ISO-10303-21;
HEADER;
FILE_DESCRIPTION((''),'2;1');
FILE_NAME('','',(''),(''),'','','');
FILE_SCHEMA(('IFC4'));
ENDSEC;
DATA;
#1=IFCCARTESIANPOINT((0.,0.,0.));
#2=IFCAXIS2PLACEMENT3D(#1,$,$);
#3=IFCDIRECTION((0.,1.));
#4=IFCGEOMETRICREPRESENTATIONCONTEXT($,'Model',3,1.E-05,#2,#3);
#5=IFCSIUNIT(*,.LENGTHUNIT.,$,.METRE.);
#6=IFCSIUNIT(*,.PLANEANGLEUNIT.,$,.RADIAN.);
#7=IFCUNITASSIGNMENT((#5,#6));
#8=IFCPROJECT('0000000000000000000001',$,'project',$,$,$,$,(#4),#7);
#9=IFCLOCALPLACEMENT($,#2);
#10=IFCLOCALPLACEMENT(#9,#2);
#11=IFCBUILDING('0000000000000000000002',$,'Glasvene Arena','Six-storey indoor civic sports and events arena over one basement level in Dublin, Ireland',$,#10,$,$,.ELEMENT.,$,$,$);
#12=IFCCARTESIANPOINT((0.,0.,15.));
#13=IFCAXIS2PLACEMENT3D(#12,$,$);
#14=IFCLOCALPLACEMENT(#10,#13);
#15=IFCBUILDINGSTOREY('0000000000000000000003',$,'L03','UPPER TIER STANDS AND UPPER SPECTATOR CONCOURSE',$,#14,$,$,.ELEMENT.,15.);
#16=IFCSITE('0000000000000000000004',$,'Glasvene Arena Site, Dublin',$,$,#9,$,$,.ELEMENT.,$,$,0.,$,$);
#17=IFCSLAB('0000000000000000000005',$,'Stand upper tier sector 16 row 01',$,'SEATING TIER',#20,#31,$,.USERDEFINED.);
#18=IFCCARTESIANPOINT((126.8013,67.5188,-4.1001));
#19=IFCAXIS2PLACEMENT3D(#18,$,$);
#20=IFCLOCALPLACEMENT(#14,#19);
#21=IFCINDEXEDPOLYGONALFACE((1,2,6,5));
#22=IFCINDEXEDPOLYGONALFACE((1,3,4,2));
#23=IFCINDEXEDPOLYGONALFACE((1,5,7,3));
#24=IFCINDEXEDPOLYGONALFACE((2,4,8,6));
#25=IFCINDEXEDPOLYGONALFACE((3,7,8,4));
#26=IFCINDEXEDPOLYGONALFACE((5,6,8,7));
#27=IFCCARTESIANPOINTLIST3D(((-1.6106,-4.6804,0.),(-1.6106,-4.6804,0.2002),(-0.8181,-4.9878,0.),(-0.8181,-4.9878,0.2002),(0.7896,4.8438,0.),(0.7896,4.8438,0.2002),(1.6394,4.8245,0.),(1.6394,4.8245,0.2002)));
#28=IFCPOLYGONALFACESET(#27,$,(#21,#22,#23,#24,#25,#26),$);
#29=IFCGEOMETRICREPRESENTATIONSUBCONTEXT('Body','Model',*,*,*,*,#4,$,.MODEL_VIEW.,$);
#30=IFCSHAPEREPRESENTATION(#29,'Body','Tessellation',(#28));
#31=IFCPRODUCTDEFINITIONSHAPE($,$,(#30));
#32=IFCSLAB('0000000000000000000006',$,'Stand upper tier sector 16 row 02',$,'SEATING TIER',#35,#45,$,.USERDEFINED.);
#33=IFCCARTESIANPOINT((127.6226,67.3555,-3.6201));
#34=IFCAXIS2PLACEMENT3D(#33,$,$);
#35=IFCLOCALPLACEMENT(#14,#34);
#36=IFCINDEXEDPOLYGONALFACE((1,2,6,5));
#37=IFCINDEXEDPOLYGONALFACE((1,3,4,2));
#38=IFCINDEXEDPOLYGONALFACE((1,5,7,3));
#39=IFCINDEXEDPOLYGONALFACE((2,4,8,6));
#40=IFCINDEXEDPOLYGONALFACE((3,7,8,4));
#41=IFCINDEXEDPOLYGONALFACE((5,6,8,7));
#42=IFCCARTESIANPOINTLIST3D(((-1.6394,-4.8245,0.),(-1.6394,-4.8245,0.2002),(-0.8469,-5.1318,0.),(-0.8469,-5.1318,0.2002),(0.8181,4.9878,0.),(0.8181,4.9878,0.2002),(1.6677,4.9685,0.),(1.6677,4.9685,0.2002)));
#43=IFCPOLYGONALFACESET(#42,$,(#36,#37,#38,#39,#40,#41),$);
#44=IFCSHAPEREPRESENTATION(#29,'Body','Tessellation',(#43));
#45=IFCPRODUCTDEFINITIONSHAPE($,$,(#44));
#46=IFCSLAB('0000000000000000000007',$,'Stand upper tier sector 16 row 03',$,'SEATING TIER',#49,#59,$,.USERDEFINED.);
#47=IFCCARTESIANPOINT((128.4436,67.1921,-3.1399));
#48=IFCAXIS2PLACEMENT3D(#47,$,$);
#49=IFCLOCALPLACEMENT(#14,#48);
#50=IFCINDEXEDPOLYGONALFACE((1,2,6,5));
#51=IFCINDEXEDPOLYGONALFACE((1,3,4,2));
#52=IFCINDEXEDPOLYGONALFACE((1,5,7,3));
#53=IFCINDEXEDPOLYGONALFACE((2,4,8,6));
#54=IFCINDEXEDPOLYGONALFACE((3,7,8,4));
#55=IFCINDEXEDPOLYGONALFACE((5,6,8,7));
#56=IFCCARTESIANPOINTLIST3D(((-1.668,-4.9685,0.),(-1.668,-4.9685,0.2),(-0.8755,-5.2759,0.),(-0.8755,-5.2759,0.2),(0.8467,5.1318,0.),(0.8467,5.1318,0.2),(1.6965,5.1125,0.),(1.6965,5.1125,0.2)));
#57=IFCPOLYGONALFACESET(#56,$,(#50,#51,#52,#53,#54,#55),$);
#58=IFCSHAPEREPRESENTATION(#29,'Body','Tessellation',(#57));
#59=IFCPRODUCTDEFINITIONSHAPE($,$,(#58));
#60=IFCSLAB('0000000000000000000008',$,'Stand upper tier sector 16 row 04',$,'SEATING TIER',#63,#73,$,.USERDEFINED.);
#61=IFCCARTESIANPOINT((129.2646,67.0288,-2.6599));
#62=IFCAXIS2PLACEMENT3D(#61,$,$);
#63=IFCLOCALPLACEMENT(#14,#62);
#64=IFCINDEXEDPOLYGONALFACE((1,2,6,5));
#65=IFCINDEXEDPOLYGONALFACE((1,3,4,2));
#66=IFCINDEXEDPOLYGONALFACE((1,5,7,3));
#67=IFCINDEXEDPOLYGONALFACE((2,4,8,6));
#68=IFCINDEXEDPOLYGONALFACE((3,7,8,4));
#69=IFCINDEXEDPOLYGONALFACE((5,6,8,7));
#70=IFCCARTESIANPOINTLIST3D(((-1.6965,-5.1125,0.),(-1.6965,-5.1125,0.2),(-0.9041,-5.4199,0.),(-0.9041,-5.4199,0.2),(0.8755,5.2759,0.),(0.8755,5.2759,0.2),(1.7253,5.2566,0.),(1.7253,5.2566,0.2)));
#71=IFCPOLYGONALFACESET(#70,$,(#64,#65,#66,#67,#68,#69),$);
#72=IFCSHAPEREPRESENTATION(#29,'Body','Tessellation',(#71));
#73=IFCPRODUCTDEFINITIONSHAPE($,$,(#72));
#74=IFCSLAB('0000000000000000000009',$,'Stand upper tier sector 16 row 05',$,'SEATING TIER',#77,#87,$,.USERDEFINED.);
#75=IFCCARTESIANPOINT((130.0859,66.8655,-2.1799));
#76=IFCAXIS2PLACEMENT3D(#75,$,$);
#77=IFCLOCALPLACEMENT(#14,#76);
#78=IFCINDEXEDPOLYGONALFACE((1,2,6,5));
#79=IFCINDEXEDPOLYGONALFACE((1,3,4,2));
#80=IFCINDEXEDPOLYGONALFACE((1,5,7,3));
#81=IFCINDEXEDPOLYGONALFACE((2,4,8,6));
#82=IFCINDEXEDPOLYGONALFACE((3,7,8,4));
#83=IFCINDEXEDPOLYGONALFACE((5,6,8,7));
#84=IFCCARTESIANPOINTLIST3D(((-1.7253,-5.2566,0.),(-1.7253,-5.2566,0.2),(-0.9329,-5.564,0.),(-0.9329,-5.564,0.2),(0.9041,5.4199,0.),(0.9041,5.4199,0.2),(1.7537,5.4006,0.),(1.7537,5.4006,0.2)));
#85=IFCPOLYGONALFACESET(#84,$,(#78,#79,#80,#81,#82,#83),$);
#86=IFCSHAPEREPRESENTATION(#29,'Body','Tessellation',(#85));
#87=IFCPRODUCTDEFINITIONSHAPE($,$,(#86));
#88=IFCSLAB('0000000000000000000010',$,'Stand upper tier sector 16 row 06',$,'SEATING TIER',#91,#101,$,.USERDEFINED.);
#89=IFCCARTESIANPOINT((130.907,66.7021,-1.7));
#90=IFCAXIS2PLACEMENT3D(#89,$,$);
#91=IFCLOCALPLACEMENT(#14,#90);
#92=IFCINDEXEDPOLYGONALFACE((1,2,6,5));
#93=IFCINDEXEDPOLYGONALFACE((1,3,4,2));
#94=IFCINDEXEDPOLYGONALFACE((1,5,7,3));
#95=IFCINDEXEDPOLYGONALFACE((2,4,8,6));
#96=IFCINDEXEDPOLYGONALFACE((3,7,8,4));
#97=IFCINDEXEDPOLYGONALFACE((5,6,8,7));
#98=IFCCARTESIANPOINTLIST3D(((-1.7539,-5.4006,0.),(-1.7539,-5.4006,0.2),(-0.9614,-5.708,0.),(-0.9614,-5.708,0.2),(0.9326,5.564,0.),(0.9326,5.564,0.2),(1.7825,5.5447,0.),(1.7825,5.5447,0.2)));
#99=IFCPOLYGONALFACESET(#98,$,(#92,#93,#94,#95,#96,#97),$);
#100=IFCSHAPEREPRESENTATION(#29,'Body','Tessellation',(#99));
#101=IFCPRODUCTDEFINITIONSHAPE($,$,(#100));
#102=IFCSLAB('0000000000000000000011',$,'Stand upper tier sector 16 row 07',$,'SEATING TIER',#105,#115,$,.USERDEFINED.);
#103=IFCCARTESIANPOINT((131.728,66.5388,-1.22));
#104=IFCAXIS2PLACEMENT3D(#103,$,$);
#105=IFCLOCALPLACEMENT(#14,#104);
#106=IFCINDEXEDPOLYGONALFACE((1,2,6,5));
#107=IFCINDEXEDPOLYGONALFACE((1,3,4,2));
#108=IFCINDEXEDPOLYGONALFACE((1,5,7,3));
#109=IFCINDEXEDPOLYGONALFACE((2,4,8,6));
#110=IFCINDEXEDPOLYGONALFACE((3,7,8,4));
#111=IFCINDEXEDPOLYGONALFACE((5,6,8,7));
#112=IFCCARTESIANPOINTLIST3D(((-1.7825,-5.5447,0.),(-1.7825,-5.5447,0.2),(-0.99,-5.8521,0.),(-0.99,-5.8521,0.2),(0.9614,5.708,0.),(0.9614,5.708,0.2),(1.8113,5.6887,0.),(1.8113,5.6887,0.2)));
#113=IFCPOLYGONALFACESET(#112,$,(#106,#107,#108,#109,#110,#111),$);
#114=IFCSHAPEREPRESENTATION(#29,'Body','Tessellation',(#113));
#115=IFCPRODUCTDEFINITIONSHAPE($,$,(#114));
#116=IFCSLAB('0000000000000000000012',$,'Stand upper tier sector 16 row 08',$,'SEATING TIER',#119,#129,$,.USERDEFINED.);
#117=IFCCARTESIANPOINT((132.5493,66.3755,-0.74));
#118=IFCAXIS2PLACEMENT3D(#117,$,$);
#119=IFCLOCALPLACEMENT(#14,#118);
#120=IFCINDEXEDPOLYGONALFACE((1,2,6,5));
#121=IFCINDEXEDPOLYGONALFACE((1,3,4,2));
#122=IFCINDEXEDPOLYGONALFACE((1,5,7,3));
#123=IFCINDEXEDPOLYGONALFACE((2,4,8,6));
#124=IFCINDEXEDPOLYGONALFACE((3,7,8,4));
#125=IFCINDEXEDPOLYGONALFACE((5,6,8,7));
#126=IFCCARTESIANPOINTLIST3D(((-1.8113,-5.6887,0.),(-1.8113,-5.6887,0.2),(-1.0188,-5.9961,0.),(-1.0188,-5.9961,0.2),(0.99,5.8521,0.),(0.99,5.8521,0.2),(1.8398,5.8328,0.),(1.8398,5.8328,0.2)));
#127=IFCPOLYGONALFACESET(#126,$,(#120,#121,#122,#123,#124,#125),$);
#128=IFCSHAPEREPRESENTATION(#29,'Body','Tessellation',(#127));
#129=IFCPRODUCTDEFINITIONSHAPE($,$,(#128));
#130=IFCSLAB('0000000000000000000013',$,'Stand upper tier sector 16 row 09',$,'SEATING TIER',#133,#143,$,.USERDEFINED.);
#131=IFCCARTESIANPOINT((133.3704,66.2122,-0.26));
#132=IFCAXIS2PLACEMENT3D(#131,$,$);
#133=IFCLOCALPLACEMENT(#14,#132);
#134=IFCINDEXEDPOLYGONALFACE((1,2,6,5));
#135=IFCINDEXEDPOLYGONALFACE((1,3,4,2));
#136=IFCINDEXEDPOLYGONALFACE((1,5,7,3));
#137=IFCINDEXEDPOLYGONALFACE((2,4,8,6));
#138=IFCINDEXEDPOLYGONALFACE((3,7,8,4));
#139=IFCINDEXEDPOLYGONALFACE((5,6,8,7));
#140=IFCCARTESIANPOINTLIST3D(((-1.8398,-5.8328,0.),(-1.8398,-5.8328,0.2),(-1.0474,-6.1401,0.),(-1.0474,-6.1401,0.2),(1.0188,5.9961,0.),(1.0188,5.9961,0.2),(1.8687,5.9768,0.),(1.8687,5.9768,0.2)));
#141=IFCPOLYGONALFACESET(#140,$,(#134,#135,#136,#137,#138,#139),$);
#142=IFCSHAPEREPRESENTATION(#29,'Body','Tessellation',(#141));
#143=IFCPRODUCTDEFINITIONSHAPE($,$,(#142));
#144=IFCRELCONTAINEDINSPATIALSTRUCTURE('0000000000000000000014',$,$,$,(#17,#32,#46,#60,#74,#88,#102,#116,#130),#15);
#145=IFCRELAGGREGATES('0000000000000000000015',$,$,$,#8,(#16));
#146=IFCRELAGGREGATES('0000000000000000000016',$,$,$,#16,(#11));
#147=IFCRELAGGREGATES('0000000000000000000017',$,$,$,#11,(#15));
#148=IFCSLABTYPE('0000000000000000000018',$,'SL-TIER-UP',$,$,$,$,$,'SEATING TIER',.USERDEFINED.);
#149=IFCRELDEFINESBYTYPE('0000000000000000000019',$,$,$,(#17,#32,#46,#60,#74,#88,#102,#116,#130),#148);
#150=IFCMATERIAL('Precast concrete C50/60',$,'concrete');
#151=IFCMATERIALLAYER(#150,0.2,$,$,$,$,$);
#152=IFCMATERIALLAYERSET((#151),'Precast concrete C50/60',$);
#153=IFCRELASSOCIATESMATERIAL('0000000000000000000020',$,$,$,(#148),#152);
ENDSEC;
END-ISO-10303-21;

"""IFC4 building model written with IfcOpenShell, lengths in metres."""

from ifc_helpers import new_model, si_unit, direction, frame, origin, place, context, subcontext, project, spatial, polyline, outline, extrude, material, layer, layer_set, type_object, element, save


model = new_model("IFC4")

# Units and contexts
model_context = context("Model", 3, precision=1e-05, world=origin(), true_north=direction((0.0, 1.0)))
body_context = subcontext(model_context, "Body", "Model", "MODEL_VIEW")
ifc_project = project(units=[si_unit("LENGTHUNIT", "METRE"), si_unit("PLANEANGLEUNIT", "RADIAN")], contexts=[model_context])

# Site, building, storey
site_placement = place(None, origin())
site = spatial("IfcSite", under=ifc_project, at=site_placement, Name="Glasvene Arena Site, Dublin", CompositionType="ELEMENT", RefElevation=0.0)
building_placement = place(site_placement, origin())
building = spatial("IfcBuilding", under=site, at=building_placement, Name="Glasvene Arena", Description="Six-storey indoor civic sports and events arena over one basement level in Dublin, Ireland", CompositionType="ELEMENT")
storey_placement = place(building_placement, frame((0.0, 0.0, 15.0)))
storey = spatial("IfcBuildingStorey", under=building, at=storey_placement, Name="L03", Description="UPPER TIER STANDS AND UPPER SPECTATOR CONCOURSE", CompositionType="ELEMENT", Elevation=15.0)

# Shared definitions
ifc_material_1 = material(Name="Precast concrete C50/60", Category="concrete")

# Slabs
ifc_layer = layer(ifc_material_1, 0.2)
ifc_layer_set = layer_set([ifc_layer], Name="Precast concrete C50/60")
slab_type = type_object("IfcSlabType", Name="SL-TIER-UP", ElementType="SEATING TIER", PredefinedType="USERDEFINED", material=ifc_layer_set)
slab_1_placement = place(storey_placement, frame((126.8013, 67.5188, -4.1001)))
element("IfcSlab", 1, at=slab_1_placement, inside=storey, type_object=slab_type, Name="Stand upper tier sector 16 row 01", ObjectType="SEATING TIER", PredefinedType="USERDEFINED", context=body_context, shape_type="SweptSolid", body=[
    extrude(outline(polyline([(-1.6106, -4.6804), (0.7896, 4.8438), (1.6394, 4.8245), (-0.8181, -4.9878), (-1.6106, -4.6804)])), origin(), (0.0, 0.0, 1.0), 0.2002),
])
slab_2_placement = place(storey_placement, frame((127.6226, 67.3555, -3.6201)))
element("IfcSlab", 2, at=slab_2_placement, inside=storey, type_object=slab_type, Name="Stand upper tier sector 16 row 02", ObjectType="SEATING TIER", PredefinedType="USERDEFINED", context=body_context, shape_type="SweptSolid", body=[
    extrude(outline(polyline([(-1.6394, -4.8245), (0.8181, 4.9878), (1.6677, 4.9685), (-0.8469, -5.1318), (-1.6394, -4.8245)])), origin(), (0.0, 0.0, 1.0), 0.2002),
])
slab_3_placement = place(storey_placement, frame((128.4436, 67.1921, -3.1399)))
element("IfcSlab", 3, at=slab_3_placement, inside=storey, type_object=slab_type, Name="Stand upper tier sector 16 row 03", ObjectType="SEATING TIER", PredefinedType="USERDEFINED", context=body_context, shape_type="SweptSolid", body=[
    extrude(outline(polyline([(-1.668, -4.9685), (0.8467, 5.1318), (1.6965, 5.1125), (-0.8755, -5.2759), (-1.668, -4.9685)])), origin(), (0.0, 0.0, 1.0), 0.2),
])
slab_4_placement = place(storey_placement, frame((129.2646, 67.0288, -2.6599)))
element("IfcSlab", 4, at=slab_4_placement, inside=storey, type_object=slab_type, Name="Stand upper tier sector 16 row 04", ObjectType="SEATING TIER", PredefinedType="USERDEFINED", context=body_context, shape_type="SweptSolid", body=[
    extrude(outline(polyline([(-1.6965, -5.1125), (0.8755, 5.2759), (1.7253, 5.2566), (-0.9041, -5.4199), (-1.6965, -5.1125)])), origin(), (0.0, 0.0, 1.0), 0.2),
])
slab_5_placement = place(storey_placement, frame((130.0859, 66.8655, -2.1799)))
element("IfcSlab", 5, at=slab_5_placement, inside=storey, type_object=slab_type, Name="Stand upper tier sector 16 row 05", ObjectType="SEATING TIER", PredefinedType="USERDEFINED", context=body_context, shape_type="SweptSolid", body=[
    extrude(outline(polyline([(-1.7253, -5.2566), (0.9041, 5.4199), (1.7537, 5.4006), (-0.9329, -5.564), (-1.7253, -5.2566)])), origin(), (0.0, 0.0, 1.0), 0.2),
])
slab_6_placement = place(storey_placement, frame((130.907, 66.7021, -1.7)))
element("IfcSlab", 6, at=slab_6_placement, inside=storey, type_object=slab_type, Name="Stand upper tier sector 16 row 06", ObjectType="SEATING TIER", PredefinedType="USERDEFINED", context=body_context, shape_type="SweptSolid", body=[
    extrude(outline(polyline([(-1.7539, -5.4006), (0.9326, 5.564), (1.7825, 5.5447), (-0.9614, -5.708), (-1.7539, -5.4006)])), origin(), (0.0, 0.0, 1.0), 0.2),
])
slab_7_placement = place(storey_placement, frame((131.728, 66.5388, -1.22)))
element("IfcSlab", 7, at=slab_7_placement, inside=storey, type_object=slab_type, Name="Stand upper tier sector 16 row 07", ObjectType="SEATING TIER", PredefinedType="USERDEFINED", context=body_context, shape_type="SweptSolid", body=[
    extrude(outline(polyline([(-1.7825, -5.5447), (0.9614, 5.708), (1.8113, 5.6887), (-0.99, -5.8521), (-1.7825, -5.5447)])), origin(), (0.0, 0.0, 1.0), 0.2),
])
slab_8_placement = place(storey_placement, frame((132.5493, 66.3755, -0.74)))
element("IfcSlab", 8, at=slab_8_placement, inside=storey, type_object=slab_type, Name="Stand upper tier sector 16 row 08", ObjectType="SEATING TIER", PredefinedType="USERDEFINED", context=body_context, shape_type="SweptSolid", body=[
    extrude(outline(polyline([(-1.8113, -5.6887), (0.99, 5.8521), (1.8398, 5.8328), (-1.0188, -5.9961), (-1.8113, -5.6887)])), origin(), (0.0, 0.0, 1.0), 0.2),
])
slab_9_placement = place(storey_placement, frame((133.3704, 66.2122, -0.26)))
element("IfcSlab", 9, at=slab_9_placement, inside=storey, type_object=slab_type, Name="Stand upper tier sector 16 row 09", ObjectType="SEATING TIER", PredefinedType="USERDEFINED", context=body_context, shape_type="SweptSolid", body=[
    extrude(outline(polyline([(-1.8398, -5.8328), (1.0188, 5.9961), (1.8687, 5.9768), (-1.0474, -6.1401), (-1.8398, -5.8328)])), origin(), (0.0, 0.0, 1.0), 0.2),
])

save(model, "model.ifc")
